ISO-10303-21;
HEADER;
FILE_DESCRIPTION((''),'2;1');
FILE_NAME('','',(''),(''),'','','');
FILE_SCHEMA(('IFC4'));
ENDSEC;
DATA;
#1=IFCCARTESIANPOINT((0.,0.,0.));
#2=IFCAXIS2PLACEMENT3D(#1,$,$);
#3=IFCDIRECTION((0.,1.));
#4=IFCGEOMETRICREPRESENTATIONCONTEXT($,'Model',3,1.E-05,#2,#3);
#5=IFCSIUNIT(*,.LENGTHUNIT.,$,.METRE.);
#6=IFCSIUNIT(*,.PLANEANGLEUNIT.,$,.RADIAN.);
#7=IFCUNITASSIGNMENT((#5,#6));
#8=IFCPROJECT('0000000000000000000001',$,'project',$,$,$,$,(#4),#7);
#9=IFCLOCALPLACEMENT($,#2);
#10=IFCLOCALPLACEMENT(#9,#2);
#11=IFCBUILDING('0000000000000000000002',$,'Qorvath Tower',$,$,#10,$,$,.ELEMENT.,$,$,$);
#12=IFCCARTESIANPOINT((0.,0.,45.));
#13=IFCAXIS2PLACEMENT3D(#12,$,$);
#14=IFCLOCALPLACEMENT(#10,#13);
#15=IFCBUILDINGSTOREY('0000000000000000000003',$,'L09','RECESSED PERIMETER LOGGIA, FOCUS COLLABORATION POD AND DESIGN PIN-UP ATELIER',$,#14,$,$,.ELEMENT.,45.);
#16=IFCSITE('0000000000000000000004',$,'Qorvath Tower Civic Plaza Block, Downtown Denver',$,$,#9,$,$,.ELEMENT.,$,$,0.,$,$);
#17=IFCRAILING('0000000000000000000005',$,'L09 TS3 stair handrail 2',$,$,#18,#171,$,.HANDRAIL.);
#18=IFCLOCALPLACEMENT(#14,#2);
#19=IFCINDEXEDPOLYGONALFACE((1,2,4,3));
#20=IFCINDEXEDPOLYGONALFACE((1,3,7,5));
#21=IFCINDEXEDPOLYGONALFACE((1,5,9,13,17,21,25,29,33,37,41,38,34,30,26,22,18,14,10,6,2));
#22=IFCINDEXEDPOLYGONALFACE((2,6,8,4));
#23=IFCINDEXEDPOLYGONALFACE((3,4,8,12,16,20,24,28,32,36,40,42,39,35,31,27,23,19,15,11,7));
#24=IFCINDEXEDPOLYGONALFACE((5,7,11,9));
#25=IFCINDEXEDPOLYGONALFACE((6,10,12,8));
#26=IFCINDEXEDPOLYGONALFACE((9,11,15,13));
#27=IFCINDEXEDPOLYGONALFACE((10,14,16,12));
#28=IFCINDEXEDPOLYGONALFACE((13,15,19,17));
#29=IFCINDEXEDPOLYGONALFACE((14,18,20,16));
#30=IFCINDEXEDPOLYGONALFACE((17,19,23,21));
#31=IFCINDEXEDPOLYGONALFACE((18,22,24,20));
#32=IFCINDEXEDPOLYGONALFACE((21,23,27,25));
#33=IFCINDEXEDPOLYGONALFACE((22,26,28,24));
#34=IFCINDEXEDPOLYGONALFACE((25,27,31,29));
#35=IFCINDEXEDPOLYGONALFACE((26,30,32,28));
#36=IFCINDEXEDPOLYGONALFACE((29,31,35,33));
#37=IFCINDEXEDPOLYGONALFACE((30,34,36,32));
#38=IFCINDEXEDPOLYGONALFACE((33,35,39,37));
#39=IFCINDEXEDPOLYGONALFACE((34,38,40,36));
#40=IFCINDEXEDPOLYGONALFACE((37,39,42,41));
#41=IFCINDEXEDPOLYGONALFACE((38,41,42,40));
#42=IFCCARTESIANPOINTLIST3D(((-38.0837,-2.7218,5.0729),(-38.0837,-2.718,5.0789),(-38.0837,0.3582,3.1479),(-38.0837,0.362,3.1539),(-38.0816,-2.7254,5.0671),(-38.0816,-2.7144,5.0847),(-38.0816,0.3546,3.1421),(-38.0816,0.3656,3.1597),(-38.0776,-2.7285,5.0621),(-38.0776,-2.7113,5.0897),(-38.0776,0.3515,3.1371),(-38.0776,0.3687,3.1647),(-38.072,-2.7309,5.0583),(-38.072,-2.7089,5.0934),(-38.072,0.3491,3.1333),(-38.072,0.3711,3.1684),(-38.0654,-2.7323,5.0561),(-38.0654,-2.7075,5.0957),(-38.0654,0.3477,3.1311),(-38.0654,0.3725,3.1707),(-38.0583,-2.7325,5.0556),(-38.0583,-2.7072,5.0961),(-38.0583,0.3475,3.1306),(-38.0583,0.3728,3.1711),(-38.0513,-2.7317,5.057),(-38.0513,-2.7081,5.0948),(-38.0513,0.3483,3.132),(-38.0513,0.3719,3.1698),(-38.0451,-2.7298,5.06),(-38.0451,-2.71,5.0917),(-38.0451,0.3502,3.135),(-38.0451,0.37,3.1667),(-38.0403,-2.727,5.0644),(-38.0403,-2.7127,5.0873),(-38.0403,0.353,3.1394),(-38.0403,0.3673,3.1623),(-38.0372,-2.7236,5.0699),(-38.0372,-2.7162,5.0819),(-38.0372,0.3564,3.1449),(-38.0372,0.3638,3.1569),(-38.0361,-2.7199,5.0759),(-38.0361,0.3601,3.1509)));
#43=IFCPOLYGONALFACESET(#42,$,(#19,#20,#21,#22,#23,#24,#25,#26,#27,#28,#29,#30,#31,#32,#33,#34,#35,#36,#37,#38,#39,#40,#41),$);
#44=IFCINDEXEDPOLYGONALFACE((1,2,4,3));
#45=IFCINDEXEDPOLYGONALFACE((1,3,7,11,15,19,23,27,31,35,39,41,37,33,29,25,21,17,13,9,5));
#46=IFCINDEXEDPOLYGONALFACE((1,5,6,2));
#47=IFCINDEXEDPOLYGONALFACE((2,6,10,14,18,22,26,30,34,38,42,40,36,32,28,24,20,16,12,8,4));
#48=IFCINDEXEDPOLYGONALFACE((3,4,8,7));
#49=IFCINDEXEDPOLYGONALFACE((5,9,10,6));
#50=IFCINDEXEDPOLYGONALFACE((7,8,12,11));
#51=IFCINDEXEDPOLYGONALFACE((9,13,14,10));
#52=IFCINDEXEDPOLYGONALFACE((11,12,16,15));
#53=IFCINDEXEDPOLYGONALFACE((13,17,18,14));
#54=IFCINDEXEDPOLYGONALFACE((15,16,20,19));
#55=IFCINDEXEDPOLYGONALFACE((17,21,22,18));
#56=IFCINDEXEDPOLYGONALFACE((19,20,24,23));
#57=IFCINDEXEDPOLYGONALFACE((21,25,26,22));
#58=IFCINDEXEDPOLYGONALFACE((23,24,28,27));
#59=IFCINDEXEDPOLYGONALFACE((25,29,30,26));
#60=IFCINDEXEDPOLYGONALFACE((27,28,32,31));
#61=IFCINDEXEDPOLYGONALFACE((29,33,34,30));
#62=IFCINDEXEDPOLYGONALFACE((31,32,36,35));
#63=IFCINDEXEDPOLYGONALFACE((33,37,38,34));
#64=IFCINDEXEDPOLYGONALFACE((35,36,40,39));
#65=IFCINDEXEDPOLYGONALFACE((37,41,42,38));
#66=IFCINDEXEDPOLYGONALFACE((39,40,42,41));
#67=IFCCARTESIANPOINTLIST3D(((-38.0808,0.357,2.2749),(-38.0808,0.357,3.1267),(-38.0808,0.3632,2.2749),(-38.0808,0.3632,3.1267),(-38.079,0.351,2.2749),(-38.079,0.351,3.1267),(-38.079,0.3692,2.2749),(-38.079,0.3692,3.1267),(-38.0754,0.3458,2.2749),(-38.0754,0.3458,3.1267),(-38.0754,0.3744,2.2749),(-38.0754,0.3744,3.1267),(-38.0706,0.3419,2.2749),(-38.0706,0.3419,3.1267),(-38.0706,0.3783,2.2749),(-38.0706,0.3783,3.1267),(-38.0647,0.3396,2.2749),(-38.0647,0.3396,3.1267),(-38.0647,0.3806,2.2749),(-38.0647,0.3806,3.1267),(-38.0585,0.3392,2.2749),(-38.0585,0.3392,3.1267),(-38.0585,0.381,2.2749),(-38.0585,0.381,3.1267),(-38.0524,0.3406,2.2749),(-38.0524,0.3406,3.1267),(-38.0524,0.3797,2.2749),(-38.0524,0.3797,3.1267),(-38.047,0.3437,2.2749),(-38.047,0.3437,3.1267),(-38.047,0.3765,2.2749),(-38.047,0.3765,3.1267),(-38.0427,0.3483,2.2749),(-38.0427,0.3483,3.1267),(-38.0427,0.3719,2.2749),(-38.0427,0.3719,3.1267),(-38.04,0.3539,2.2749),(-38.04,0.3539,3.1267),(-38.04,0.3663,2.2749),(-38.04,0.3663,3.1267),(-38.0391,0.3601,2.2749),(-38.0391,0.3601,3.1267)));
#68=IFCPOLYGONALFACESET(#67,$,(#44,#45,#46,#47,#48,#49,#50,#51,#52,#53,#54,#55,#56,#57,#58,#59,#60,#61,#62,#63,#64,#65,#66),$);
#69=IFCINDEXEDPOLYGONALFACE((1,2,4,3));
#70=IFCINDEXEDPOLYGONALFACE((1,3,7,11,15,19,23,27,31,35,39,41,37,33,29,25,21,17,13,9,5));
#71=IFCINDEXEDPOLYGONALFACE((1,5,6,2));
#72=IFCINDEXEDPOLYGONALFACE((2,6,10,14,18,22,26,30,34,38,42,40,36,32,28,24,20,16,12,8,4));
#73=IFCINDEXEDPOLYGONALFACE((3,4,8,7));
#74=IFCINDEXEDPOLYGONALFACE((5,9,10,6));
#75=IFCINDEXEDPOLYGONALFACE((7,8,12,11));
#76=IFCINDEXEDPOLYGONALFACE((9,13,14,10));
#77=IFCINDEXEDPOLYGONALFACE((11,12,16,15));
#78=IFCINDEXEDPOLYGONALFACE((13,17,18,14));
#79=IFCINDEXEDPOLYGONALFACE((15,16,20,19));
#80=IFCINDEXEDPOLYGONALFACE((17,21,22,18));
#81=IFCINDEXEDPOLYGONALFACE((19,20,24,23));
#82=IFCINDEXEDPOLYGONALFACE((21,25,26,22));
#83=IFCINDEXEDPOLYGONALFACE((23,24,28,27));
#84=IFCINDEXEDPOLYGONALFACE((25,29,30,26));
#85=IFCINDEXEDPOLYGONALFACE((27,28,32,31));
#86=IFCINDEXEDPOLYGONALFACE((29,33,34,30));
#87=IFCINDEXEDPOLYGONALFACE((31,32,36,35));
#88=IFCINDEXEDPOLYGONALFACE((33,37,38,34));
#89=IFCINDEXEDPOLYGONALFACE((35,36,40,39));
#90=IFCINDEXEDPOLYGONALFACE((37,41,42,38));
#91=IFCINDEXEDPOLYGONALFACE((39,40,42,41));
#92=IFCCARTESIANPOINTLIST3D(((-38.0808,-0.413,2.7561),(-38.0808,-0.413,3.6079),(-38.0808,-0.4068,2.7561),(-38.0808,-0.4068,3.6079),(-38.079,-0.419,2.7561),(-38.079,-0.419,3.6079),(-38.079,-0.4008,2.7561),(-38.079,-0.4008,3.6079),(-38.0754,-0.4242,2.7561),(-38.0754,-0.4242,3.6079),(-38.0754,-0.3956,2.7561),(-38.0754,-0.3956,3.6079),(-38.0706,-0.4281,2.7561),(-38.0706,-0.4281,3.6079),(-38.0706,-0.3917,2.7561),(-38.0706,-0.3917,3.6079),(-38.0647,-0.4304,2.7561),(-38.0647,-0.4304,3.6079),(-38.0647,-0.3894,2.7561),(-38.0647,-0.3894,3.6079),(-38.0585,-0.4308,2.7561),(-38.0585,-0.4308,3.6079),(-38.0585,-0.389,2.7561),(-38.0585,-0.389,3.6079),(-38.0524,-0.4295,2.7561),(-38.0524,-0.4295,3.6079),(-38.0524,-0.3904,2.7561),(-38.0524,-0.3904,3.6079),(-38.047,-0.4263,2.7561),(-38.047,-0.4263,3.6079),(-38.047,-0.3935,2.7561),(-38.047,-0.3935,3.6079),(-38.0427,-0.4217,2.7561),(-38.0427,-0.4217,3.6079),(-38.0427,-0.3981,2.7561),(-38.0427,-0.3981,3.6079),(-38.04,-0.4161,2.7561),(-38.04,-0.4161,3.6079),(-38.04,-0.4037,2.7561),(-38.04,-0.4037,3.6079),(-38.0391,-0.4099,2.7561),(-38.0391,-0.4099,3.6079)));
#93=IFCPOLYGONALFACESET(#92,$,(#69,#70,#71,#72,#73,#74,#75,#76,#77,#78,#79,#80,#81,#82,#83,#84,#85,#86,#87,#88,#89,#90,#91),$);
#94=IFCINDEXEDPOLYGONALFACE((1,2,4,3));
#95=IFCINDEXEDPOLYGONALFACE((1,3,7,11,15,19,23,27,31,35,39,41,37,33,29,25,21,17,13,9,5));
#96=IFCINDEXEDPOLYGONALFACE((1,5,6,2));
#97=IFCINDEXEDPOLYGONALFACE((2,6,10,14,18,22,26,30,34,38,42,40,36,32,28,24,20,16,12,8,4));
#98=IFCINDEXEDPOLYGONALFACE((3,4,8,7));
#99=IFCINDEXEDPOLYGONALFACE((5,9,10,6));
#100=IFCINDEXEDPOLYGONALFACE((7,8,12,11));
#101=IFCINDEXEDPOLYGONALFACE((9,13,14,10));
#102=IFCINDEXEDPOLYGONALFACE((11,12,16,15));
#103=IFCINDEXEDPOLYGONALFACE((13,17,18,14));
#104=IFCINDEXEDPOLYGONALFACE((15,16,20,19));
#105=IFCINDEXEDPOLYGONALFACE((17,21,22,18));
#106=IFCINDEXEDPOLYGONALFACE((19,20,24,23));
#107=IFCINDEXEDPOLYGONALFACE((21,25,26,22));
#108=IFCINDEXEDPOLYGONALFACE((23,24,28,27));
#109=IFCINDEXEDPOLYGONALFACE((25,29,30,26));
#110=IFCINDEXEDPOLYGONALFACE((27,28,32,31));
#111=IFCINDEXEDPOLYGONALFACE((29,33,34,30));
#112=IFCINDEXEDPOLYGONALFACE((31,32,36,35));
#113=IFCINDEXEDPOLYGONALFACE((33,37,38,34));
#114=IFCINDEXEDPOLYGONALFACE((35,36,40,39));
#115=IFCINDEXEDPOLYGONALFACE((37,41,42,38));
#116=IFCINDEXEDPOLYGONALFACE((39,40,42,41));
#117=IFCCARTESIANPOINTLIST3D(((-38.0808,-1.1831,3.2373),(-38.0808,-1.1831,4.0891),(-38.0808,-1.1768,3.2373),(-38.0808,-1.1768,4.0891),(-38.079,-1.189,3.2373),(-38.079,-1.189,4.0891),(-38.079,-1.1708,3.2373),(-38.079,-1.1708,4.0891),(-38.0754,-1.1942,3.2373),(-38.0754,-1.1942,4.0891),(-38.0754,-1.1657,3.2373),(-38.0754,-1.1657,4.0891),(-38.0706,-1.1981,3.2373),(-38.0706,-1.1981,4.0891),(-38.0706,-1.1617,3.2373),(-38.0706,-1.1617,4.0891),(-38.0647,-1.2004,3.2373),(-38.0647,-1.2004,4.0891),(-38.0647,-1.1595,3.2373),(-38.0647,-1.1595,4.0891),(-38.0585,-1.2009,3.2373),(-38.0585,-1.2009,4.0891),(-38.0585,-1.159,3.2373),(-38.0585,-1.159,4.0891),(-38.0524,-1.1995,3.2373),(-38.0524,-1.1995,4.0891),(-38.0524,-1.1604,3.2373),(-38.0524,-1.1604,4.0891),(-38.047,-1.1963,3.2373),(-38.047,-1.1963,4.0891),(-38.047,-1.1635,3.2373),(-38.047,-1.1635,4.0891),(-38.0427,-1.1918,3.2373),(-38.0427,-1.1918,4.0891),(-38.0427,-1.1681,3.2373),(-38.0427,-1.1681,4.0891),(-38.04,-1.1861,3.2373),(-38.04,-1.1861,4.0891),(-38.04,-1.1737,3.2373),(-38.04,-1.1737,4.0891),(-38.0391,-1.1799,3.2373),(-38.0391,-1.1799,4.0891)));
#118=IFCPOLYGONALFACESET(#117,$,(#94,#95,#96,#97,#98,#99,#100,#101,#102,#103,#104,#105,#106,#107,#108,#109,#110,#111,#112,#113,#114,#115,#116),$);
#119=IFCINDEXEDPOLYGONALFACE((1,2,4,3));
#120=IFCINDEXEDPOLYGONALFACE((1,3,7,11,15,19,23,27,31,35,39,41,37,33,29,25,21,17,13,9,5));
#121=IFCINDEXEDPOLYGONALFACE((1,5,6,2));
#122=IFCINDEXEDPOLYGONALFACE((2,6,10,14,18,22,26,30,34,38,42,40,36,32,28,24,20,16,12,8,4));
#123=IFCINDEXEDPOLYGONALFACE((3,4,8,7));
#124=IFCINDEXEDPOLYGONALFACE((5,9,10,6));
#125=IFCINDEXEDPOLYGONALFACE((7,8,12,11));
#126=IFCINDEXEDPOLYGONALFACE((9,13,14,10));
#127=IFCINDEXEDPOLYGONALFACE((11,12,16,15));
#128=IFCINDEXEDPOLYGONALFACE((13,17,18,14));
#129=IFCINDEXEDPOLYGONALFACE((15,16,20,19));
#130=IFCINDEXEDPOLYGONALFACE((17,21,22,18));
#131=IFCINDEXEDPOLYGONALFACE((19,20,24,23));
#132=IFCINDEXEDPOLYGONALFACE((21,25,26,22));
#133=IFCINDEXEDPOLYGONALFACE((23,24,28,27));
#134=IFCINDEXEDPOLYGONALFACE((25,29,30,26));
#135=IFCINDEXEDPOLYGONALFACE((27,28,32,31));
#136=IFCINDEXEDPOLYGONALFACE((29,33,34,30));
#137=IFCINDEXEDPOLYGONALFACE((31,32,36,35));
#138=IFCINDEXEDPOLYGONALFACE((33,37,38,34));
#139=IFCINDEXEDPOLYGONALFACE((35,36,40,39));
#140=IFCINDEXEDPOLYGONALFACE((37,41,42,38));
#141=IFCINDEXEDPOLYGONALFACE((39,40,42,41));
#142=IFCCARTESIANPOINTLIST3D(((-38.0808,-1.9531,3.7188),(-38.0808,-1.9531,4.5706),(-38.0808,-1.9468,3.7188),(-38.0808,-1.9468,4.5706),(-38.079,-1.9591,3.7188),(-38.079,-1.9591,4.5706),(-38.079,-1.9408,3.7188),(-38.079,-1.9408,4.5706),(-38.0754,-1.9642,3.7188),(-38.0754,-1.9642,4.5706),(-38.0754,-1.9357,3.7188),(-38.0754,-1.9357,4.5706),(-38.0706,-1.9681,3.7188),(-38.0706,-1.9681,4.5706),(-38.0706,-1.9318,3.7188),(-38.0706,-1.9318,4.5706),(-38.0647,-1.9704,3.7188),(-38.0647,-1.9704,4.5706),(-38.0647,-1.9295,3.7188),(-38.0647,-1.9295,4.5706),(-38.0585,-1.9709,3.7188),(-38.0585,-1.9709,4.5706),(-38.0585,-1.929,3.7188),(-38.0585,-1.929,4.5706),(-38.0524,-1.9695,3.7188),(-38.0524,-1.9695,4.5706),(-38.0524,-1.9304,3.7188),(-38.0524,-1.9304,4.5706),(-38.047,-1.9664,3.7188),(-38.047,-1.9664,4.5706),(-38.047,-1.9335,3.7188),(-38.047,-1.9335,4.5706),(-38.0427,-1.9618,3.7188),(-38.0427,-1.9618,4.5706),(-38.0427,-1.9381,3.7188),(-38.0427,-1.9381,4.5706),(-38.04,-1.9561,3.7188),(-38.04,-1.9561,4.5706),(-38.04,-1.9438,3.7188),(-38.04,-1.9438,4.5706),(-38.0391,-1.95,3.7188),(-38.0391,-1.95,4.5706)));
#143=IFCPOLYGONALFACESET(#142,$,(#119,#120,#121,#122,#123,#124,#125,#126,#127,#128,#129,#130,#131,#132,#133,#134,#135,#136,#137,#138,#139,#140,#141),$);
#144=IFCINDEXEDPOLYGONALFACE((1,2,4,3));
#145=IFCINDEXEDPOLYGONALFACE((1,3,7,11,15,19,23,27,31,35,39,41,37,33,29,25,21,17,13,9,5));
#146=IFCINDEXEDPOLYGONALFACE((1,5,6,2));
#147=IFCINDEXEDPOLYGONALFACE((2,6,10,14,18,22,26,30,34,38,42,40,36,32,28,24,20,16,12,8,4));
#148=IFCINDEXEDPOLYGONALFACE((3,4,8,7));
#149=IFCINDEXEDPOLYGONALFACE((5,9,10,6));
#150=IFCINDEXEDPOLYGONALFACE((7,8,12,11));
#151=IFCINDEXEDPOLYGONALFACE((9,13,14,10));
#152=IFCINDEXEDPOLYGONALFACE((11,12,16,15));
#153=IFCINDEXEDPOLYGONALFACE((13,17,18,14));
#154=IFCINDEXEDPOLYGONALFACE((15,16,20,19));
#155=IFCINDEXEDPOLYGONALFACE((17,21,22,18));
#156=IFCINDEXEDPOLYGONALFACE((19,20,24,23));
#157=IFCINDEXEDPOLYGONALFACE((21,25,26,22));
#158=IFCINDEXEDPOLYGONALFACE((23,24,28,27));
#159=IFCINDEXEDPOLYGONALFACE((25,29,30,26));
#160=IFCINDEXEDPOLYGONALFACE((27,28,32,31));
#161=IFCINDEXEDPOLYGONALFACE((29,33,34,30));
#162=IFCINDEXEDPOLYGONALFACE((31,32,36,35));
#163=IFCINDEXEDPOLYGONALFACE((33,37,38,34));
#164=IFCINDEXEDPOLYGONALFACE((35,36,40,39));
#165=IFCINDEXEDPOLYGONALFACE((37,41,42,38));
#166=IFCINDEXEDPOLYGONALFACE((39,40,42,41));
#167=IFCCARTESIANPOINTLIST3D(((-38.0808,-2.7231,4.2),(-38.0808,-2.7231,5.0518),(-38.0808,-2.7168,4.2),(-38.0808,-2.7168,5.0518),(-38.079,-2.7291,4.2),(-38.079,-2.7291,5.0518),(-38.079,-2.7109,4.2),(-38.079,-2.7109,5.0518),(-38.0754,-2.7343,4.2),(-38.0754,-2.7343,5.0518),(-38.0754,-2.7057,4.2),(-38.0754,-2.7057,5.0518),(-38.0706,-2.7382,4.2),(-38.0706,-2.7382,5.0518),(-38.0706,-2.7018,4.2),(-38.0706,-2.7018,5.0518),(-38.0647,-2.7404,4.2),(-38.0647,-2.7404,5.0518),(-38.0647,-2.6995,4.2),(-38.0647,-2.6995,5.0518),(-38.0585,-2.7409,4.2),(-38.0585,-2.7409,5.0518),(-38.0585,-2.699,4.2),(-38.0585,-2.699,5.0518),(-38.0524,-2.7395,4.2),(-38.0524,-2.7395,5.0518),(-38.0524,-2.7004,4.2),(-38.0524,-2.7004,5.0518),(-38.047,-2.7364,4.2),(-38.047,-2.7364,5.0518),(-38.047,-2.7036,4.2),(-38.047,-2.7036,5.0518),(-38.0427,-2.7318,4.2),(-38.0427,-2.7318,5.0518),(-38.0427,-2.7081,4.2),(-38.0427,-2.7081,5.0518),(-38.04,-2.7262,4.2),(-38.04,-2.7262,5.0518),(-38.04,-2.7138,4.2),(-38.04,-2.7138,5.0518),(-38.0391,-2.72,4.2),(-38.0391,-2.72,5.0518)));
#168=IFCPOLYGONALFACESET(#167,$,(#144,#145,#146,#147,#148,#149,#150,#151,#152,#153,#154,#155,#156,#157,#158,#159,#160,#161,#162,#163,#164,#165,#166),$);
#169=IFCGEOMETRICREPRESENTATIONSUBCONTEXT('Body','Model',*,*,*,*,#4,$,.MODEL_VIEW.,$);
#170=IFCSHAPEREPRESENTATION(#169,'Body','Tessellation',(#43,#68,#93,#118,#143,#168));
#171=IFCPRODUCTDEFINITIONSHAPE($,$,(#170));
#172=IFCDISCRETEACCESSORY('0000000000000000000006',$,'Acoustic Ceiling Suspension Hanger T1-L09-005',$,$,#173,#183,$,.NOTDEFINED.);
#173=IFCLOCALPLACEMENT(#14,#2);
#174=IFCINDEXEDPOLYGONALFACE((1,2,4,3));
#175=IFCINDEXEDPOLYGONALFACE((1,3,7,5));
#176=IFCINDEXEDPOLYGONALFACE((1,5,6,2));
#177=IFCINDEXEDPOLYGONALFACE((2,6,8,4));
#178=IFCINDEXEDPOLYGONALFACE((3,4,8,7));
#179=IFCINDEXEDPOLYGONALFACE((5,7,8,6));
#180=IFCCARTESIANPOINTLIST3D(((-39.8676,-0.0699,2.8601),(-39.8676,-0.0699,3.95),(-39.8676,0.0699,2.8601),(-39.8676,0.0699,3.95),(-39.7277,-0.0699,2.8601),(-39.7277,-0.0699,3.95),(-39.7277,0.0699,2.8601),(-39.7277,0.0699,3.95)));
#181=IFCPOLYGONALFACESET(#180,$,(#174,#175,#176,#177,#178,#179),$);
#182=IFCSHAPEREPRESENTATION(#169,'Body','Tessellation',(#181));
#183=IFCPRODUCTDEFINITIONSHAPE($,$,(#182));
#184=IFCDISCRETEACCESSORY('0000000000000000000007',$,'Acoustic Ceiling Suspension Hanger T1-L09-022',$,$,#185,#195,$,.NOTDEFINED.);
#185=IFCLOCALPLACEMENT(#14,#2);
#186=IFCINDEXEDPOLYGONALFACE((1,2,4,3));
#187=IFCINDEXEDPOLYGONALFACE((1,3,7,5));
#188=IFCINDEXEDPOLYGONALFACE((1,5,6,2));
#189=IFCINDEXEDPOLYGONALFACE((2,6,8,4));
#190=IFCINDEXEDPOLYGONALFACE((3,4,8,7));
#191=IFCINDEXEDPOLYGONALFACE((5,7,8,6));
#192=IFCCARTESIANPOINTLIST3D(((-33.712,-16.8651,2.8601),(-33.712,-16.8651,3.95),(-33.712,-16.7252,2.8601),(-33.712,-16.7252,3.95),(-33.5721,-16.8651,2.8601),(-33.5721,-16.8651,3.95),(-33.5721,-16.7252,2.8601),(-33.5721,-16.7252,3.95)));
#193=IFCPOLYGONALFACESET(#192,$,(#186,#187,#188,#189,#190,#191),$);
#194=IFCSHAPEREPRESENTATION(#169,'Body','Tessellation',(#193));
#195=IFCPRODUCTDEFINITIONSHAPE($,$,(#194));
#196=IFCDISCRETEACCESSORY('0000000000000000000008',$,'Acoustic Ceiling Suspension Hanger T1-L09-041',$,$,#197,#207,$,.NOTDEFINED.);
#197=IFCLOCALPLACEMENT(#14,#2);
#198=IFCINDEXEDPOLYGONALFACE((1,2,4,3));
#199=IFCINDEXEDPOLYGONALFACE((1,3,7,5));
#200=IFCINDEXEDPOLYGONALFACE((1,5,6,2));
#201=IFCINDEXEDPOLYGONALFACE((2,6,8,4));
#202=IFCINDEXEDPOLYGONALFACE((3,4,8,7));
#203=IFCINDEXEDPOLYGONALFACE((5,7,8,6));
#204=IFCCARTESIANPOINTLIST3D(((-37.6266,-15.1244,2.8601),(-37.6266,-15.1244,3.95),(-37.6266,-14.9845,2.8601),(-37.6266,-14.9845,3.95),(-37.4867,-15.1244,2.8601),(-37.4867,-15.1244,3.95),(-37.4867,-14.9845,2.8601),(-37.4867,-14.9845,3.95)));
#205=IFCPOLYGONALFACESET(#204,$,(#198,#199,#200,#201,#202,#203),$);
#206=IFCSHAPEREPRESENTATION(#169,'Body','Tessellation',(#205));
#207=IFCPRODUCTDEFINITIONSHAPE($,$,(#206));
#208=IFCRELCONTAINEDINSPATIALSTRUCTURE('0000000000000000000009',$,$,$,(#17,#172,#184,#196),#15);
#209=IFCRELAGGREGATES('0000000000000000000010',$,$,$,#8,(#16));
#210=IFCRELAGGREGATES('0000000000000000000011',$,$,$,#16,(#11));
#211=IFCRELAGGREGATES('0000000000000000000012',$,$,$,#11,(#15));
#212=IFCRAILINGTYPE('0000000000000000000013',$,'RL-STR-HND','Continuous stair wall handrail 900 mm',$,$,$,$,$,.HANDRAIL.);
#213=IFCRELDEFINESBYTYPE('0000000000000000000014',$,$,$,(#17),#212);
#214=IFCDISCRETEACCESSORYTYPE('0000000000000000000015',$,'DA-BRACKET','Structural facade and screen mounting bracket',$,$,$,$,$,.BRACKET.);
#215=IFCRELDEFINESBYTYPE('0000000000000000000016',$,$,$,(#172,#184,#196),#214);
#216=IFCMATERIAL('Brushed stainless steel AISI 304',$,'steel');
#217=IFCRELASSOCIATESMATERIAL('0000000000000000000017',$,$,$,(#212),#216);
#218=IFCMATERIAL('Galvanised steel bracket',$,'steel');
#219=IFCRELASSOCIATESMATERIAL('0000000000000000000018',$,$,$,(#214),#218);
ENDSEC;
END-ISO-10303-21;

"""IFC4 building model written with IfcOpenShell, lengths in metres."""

from ifc_helpers import new_model, si_unit, direction, frame, origin, origin_2d, place, context, subcontext, project, spatial, rectangle, circle, extrude, material, type_object, element, save


model = new_model("IFC4")

# Units and contexts
model_context = context("Model", 3, precision=1e-05, world=origin(), true_north=direction((0.0, 1.0)))
body_context = subcontext(model_context, "Body", "Model", "MODEL_VIEW")
ifc_project = project(units=[si_unit("LENGTHUNIT", "METRE"), si_unit("PLANEANGLEUNIT", "RADIAN")], contexts=[model_context])

# Site, building, storey
site_placement = place(None, origin())
site = spatial("IfcSite", under=ifc_project, at=site_placement, Name="Qorvath Tower Civic Plaza Block, Downtown Denver", CompositionType="ELEMENT", RefElevation=0.0)
building_placement = place(site_placement, origin())
building = spatial("IfcBuilding", under=site, at=building_placement, Name="Qorvath Tower", CompositionType="ELEMENT")
storey_placement = place(building_placement, frame((0.0, 0.0, 45.0)))
storey = spatial("IfcBuildingStorey", under=building, at=storey_placement, Name="L09", Description="RECESSED PERIMETER LOGGIA, FOCUS COLLABORATION POD AND DESIGN PIN-UP ATELIER", CompositionType="ELEMENT", Elevation=45.0)

# Railing
ifc_material_1 = material(Name="Brushed stainless steel AISI 304", Category="steel")
railing_type_1 = type_object("IfcRailingType", Name="RL-STR-HND", Description="Continuous stair wall handrail 900 mm", PredefinedType="HANDRAIL", material=ifc_material_1)
railing_1_placement = place(storey_placement, frame((-38.0601, 0.3601, 2.2749)))
element("IfcRailing", 1, at=railing_1_placement, inside=storey, type_object=railing_type_1, Name="L09 TS3 stair handrail 2", PredefinedType="HANDRAIL", context=body_context, shape_type="SweptSolid", body=[
    extrude(circle(Radius=0.0239, at=origin_2d()), frame((0.0, 0.0, 0.876), z_axis=(0.0, -0.847998, 0.529999), x_axis=(1.0, 0.0, 0.0)), (0.0, 0.0, 1.0), 3.6321),
    extrude(circle(Radius=0.021, at=origin_2d()), origin(), (0.0, 0.0, 1.0), 0.8518),
    extrude(circle(Radius=0.021, at=origin_2d()), frame((0.0, -0.77, 0.4812)), (0.0, 0.0, 1.0), 0.8518),
    extrude(circle(Radius=0.021, at=origin_2d()), frame((0.0, -1.54, 0.9624)), (0.0, 0.0, 1.0), 0.8518),
    extrude(circle(Radius=0.021, at=origin_2d()), frame((0.0, -2.3101, 1.4438)), (0.0, 0.0, 1.0), 0.8518),
    extrude(circle(Radius=0.021, at=origin_2d()), frame((0.0, -3.0801, 1.925)), (0.0, 0.0, 1.0), 0.8518),
])

# Discrete accessories
ifc_material_2 = material(Name="Galvanised steel bracket", Category="steel")
discrete_accessory_type = type_object("IfcDiscreteAccessoryType", Name="DA-BRACKET", Description="Structural facade and screen mounting bracket", PredefinedType="BRACKET", material=ifc_material_2)
for number, where, z_axis, x_axis, name in (
    (2, (-39.7976, 0.0, 2.8601), (0.0, 0.0, 1.0), (1.0, 0.0, 0.0), "Acoustic Ceiling Suspension Hanger T1-L09-005"),
    (3, (-33.6421, -16.7952, 2.8601), (0.0, 0.0, 1.0), (1.0, 0.0, 0.0), "Acoustic Ceiling Suspension Hanger T1-L09-022"),
    (4, (-37.5566, -15.0544, 2.8601), (0.0, 0.0, 1.0), (1.0, 0.0, 0.0), "Acoustic Ceiling Suspension Hanger T1-L09-041"),
):
    element("IfcDiscreteAccessory", number, at=place(storey_placement, frame(where, z_axis=z_axis, x_axis=x_axis)), inside=storey, type_object=discrete_accessory_type, Name=name, PredefinedType="NOTDEFINED", context=body_context, shape_type="SweptSolid", body=[
        extrude(rectangle(XDim=0.1399, YDim=0.1399, at=origin_2d()), origin(), (0.0, 0.0, 1.0), 1.0898),
    ])

save(model, "model.ifc")
